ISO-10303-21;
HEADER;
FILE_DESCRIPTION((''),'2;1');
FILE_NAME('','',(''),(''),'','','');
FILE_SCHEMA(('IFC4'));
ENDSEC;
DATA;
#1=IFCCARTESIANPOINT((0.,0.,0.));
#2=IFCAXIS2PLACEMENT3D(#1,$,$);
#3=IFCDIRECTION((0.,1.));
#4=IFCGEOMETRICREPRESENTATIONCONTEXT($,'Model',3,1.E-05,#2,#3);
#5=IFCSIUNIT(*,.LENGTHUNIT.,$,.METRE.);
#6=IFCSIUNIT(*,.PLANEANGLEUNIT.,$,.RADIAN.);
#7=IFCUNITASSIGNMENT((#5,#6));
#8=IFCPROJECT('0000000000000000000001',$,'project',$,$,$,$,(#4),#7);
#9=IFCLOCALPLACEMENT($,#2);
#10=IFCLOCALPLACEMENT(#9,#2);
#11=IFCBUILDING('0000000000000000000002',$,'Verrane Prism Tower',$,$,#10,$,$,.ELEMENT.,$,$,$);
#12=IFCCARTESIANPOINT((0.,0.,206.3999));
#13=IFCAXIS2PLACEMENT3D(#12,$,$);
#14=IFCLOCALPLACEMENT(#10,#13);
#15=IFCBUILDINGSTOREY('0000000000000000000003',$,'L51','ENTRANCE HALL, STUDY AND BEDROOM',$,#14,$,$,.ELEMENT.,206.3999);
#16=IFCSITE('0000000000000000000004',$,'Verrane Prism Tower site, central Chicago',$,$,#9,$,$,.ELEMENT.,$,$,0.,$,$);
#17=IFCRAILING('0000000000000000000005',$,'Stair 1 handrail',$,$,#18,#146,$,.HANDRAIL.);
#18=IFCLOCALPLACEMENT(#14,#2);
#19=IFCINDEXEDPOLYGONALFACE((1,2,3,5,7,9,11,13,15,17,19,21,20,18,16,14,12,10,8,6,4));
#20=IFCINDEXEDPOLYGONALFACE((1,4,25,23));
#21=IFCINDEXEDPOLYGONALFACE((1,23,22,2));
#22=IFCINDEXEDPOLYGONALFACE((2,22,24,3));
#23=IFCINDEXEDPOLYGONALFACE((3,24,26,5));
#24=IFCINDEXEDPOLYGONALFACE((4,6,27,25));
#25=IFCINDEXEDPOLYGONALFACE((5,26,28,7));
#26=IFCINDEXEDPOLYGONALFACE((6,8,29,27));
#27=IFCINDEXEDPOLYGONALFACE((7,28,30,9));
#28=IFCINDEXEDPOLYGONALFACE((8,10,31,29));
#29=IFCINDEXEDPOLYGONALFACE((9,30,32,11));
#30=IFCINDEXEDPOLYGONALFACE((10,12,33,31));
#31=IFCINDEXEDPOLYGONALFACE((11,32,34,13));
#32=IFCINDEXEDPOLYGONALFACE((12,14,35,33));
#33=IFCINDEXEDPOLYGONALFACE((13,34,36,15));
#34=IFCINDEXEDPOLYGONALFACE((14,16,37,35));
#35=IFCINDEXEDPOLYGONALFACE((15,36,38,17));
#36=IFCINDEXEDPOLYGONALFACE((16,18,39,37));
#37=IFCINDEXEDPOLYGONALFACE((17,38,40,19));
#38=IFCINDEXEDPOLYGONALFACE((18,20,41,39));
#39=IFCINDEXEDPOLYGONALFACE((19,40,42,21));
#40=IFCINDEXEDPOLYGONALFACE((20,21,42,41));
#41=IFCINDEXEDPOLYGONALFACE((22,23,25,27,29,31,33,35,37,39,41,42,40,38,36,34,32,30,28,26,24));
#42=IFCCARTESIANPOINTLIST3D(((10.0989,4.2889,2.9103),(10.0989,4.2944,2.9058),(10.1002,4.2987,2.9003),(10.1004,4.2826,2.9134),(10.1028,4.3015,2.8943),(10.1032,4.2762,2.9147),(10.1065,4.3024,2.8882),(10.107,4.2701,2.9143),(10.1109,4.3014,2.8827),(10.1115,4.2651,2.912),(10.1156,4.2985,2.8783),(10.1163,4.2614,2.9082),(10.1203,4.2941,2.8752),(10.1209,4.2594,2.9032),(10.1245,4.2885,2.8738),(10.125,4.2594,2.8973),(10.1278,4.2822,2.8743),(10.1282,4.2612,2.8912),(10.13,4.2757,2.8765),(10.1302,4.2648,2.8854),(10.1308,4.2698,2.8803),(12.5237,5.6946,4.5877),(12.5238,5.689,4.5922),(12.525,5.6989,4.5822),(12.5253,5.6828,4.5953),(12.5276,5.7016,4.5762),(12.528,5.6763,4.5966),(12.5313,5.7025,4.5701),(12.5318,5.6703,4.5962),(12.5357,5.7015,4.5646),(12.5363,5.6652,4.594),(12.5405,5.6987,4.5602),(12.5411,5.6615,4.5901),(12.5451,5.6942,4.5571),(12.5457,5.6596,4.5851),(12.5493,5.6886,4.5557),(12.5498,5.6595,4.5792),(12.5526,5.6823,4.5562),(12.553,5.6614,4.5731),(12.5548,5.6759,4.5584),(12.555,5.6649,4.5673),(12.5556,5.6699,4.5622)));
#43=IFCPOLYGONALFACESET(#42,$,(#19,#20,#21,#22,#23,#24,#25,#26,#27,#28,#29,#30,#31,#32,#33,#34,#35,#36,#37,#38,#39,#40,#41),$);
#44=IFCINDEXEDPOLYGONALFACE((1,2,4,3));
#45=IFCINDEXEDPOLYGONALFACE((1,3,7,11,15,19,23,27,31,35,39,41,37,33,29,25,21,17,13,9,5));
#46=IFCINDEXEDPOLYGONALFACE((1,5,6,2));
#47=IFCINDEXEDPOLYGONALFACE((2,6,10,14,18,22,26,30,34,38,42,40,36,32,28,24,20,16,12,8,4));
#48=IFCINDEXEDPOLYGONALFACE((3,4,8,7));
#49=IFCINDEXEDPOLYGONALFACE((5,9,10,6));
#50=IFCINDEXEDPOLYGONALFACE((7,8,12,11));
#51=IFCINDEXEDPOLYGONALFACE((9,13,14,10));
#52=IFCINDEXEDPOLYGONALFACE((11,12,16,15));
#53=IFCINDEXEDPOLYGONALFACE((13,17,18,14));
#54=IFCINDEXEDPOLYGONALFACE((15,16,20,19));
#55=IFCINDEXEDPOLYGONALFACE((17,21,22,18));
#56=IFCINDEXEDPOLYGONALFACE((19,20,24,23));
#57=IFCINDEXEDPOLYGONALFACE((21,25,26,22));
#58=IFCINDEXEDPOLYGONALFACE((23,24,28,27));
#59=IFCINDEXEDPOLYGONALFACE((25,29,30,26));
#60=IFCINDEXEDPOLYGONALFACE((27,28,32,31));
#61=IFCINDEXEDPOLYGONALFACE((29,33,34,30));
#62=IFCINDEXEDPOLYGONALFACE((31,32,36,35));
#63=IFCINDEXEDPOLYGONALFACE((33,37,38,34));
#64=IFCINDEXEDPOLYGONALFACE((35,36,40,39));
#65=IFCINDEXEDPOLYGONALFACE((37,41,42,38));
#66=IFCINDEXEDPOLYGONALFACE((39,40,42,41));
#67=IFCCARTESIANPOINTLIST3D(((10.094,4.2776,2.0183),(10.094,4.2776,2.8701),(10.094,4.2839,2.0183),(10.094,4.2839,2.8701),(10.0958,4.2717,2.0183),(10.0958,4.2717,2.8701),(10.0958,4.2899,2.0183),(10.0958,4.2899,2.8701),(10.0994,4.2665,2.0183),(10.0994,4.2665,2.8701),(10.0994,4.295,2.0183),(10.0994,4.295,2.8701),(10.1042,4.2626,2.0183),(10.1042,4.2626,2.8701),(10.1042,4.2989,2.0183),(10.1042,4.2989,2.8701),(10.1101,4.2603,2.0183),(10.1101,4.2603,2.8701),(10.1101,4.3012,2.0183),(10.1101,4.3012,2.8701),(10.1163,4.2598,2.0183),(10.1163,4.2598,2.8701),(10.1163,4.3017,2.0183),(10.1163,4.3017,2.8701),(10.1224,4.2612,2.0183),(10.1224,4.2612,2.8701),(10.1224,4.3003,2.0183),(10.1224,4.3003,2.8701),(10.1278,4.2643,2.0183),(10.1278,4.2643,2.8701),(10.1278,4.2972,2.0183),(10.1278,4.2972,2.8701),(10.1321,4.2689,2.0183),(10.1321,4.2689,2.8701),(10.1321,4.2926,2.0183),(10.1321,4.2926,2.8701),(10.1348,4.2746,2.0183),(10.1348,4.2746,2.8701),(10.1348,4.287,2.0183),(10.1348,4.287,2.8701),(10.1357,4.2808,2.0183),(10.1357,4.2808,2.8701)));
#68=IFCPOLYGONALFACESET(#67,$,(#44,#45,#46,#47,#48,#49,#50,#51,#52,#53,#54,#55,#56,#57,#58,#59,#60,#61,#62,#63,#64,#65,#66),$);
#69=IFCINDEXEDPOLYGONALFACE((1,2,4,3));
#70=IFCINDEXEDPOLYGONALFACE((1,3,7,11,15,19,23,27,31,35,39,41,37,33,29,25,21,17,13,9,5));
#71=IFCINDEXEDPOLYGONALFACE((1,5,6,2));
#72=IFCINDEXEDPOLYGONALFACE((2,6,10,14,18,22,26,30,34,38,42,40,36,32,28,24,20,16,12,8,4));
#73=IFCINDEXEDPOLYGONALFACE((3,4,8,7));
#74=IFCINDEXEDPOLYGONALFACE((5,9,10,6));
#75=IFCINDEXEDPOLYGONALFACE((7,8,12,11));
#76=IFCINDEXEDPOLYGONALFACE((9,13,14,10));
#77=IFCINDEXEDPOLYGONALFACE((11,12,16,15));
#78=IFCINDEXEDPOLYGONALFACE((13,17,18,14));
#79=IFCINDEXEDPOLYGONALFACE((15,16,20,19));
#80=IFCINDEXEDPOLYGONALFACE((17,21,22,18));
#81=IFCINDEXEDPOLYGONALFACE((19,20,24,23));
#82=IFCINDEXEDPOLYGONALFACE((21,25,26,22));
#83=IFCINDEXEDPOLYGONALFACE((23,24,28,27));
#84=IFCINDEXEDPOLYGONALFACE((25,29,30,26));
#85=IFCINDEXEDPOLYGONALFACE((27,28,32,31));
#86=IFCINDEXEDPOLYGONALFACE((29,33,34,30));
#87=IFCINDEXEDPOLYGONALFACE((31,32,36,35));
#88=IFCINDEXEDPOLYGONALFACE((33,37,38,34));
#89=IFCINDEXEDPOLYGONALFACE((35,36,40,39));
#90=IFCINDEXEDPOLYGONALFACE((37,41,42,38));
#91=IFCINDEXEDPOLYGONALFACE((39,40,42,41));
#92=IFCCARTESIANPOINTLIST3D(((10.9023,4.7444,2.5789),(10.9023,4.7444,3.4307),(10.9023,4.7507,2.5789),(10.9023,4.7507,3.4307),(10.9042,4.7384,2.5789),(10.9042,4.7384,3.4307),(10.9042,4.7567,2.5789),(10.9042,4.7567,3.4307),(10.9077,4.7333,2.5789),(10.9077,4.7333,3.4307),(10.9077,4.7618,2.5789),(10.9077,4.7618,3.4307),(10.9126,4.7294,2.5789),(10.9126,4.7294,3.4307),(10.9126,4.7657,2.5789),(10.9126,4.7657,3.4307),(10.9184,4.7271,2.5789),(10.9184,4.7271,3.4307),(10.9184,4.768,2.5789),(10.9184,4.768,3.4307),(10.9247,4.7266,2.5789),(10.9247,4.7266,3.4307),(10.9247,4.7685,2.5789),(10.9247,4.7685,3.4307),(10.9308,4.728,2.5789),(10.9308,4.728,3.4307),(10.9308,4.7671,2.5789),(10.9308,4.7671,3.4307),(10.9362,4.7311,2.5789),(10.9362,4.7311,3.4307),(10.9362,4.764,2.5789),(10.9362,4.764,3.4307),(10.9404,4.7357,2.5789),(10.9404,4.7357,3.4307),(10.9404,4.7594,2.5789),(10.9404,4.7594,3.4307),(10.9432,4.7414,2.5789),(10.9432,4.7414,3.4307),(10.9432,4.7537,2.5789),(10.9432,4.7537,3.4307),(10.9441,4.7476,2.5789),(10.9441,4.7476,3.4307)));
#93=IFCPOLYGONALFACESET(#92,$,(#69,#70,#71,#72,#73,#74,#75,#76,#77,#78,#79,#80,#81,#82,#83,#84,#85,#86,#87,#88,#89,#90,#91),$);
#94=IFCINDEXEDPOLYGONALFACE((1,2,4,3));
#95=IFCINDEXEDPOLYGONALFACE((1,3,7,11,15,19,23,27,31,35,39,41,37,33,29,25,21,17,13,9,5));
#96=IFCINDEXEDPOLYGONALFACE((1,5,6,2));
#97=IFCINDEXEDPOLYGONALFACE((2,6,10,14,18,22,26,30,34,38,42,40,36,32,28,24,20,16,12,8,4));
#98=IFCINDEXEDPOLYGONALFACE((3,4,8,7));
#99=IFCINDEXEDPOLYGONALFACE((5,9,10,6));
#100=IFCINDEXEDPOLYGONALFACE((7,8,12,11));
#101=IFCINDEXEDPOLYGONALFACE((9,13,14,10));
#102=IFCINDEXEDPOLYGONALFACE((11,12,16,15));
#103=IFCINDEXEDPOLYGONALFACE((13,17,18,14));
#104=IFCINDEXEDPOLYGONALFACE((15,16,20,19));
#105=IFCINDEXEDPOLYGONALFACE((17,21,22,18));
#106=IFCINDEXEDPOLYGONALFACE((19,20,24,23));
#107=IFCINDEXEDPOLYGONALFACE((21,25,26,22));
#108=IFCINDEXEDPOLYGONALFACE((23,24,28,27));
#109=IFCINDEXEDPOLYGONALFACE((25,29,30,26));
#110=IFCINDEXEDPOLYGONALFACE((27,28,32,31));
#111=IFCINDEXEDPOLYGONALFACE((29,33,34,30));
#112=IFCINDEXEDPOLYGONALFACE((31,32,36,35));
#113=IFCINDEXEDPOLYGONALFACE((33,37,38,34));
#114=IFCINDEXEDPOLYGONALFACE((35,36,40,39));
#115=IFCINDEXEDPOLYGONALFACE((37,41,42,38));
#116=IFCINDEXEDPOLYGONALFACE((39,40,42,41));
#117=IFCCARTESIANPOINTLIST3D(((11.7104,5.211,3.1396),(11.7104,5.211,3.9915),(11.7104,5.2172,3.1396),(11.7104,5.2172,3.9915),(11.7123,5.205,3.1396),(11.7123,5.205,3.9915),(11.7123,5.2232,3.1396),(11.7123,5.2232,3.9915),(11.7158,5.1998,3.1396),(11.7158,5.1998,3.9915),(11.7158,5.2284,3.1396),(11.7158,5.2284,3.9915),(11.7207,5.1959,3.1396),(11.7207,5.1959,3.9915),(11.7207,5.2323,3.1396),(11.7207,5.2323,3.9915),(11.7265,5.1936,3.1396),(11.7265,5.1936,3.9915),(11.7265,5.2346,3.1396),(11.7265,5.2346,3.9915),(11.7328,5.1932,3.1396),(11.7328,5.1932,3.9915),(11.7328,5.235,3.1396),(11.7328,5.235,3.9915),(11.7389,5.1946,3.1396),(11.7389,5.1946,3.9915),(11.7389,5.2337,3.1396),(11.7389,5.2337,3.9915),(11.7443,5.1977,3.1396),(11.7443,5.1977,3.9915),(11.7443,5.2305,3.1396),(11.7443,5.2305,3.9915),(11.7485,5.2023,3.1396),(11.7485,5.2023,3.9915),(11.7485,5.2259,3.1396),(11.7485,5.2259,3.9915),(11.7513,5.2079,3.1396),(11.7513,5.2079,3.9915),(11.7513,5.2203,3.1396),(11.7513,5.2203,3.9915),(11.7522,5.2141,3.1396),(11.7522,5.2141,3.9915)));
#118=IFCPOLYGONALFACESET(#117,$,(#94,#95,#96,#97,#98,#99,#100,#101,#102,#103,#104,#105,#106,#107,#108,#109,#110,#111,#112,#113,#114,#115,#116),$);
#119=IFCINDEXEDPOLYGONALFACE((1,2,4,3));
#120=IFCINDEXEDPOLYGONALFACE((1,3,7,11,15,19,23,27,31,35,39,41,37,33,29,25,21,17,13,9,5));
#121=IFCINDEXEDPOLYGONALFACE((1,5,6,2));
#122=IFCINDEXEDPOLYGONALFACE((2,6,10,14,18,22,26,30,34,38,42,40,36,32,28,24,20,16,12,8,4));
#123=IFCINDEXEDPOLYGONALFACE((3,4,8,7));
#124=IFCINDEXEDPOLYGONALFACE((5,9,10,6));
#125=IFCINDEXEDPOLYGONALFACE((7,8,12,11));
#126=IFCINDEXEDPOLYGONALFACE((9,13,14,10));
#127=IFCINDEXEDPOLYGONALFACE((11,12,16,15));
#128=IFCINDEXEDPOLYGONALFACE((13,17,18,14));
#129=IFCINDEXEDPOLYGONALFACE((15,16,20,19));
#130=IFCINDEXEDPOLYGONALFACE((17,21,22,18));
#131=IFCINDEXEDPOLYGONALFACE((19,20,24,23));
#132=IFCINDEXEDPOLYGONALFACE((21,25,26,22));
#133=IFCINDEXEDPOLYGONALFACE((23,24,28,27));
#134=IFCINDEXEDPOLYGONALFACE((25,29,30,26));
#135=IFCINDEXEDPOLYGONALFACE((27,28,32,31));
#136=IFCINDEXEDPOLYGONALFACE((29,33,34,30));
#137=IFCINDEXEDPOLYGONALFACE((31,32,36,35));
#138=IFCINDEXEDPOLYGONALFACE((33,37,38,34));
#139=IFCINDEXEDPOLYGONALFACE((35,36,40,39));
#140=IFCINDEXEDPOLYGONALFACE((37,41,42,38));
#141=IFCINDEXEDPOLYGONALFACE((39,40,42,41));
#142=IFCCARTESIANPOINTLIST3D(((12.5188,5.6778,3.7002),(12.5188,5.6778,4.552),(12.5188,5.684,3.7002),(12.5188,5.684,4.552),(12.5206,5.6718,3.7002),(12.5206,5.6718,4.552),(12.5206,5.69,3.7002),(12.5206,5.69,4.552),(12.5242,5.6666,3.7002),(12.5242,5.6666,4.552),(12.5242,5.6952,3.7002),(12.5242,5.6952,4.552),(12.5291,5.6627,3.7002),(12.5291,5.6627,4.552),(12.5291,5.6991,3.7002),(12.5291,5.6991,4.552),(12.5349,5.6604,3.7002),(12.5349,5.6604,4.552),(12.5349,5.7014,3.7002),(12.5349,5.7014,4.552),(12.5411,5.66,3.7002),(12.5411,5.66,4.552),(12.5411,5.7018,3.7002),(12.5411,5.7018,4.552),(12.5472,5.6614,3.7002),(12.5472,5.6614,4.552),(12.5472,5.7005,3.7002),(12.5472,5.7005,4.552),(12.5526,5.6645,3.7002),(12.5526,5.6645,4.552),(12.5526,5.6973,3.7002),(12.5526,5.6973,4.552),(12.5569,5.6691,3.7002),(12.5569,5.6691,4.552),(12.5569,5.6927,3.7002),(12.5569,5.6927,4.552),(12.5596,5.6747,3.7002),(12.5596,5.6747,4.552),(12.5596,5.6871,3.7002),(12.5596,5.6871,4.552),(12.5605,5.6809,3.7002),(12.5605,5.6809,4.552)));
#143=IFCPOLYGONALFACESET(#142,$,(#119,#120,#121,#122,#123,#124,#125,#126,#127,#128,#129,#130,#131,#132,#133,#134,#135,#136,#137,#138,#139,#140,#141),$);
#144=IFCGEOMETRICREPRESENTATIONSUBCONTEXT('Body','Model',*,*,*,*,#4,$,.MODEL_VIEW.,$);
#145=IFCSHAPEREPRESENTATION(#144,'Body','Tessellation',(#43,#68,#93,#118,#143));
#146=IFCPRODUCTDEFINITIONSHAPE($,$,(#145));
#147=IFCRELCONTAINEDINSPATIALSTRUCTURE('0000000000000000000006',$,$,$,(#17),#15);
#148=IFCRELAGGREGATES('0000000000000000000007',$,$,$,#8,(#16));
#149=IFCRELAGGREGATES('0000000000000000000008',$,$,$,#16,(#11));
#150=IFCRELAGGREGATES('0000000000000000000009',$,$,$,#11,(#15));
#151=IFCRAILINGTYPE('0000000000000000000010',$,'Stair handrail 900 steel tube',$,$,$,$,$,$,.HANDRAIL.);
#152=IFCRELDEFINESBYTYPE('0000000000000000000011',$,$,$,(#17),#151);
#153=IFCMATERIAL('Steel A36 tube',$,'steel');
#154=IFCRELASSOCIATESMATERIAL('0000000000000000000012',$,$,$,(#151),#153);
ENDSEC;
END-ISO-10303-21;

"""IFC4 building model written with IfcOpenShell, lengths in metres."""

from ifc_helpers import new_model, si_unit, direction, frame, origin, origin_2d, place, context, subcontext, project, spatial, circle, extrude, material, type_object, element, save


model = new_model("IFC4")

# Units and contexts
model_context = context("Model", 3, precision=1e-05, world=origin(), true_north=direction((0.0, 1.0)))
body_context = subcontext(model_context, "Body", "Model", "MODEL_VIEW")
ifc_project = project(units=[si_unit("LENGTHUNIT", "METRE"), si_unit("PLANEANGLEUNIT", "RADIAN")], contexts=[model_context])

# Site, building, storey
site_placement = place(None, origin())
site = spatial("IfcSite", under=ifc_project, at=site_placement, Name="Verrane Prism Tower site, central Chicago", CompositionType="ELEMENT", RefElevation=0.0)
building_placement = place(site_placement, origin())
building = spatial("IfcBuilding", under=site, at=building_placement, Name="Verrane Prism Tower", CompositionType="ELEMENT")
storey_placement = place(building_placement, frame((0.0, 0.0, 206.3999)))
storey = spatial("IfcBuildingStorey", under=building, at=storey_placement, Name="L51", Description="ENTRANCE HALL, STUDY AND BEDROOM", CompositionType="ELEMENT", Elevation=206.3999)

# Railing
ifc_material_1 = material(Name="Steel A36 tube", Category="steel")
railing_type_1 = type_object("IfcRailingType", Name="Stair handrail 900 steel tube", PredefinedType="HANDRAIL", material=ifc_material_1)
railing_1_placement = place(storey_placement, frame((10.1147, 4.2808, 2.0183)))
element("IfcRailing", 1, at=railing_1_placement, inside=storey, type_object=railing_type_1, Name="Stair 1 handrail", PredefinedType="HANDRAIL", context=body_context, shape_type="SweptSolid", body=[
    extrude(circle(Radius=0.0239, at=origin_2d()), frame((0.0, 0.0, 0.876), z_axis=(0.742367, 0.428662, 0.514918), x_axis=(-0.50005, 0.865997, 0.0)), (0.0, 0.0, 1.0), 3.2664),
    extrude(circle(Radius=0.021, at=origin_2d()), origin(), (0.0, 0.0, 1.0), 0.8518),
    extrude(circle(Radius=0.021, at=origin_2d()), frame((0.8083, 0.4668, 0.5605)), (0.0, 0.0, 1.0), 0.8518),
    extrude(circle(Radius=0.021, at=origin_2d()), frame((1.6165, 0.9333, 1.1213)), (0.0, 0.0, 1.0), 0.8518),
    extrude(circle(Radius=0.021, at=origin_2d()), frame((2.4248, 1.4001, 1.6819)), (0.0, 0.0, 1.0), 0.8518),
])

save(model, "model.ifc")
